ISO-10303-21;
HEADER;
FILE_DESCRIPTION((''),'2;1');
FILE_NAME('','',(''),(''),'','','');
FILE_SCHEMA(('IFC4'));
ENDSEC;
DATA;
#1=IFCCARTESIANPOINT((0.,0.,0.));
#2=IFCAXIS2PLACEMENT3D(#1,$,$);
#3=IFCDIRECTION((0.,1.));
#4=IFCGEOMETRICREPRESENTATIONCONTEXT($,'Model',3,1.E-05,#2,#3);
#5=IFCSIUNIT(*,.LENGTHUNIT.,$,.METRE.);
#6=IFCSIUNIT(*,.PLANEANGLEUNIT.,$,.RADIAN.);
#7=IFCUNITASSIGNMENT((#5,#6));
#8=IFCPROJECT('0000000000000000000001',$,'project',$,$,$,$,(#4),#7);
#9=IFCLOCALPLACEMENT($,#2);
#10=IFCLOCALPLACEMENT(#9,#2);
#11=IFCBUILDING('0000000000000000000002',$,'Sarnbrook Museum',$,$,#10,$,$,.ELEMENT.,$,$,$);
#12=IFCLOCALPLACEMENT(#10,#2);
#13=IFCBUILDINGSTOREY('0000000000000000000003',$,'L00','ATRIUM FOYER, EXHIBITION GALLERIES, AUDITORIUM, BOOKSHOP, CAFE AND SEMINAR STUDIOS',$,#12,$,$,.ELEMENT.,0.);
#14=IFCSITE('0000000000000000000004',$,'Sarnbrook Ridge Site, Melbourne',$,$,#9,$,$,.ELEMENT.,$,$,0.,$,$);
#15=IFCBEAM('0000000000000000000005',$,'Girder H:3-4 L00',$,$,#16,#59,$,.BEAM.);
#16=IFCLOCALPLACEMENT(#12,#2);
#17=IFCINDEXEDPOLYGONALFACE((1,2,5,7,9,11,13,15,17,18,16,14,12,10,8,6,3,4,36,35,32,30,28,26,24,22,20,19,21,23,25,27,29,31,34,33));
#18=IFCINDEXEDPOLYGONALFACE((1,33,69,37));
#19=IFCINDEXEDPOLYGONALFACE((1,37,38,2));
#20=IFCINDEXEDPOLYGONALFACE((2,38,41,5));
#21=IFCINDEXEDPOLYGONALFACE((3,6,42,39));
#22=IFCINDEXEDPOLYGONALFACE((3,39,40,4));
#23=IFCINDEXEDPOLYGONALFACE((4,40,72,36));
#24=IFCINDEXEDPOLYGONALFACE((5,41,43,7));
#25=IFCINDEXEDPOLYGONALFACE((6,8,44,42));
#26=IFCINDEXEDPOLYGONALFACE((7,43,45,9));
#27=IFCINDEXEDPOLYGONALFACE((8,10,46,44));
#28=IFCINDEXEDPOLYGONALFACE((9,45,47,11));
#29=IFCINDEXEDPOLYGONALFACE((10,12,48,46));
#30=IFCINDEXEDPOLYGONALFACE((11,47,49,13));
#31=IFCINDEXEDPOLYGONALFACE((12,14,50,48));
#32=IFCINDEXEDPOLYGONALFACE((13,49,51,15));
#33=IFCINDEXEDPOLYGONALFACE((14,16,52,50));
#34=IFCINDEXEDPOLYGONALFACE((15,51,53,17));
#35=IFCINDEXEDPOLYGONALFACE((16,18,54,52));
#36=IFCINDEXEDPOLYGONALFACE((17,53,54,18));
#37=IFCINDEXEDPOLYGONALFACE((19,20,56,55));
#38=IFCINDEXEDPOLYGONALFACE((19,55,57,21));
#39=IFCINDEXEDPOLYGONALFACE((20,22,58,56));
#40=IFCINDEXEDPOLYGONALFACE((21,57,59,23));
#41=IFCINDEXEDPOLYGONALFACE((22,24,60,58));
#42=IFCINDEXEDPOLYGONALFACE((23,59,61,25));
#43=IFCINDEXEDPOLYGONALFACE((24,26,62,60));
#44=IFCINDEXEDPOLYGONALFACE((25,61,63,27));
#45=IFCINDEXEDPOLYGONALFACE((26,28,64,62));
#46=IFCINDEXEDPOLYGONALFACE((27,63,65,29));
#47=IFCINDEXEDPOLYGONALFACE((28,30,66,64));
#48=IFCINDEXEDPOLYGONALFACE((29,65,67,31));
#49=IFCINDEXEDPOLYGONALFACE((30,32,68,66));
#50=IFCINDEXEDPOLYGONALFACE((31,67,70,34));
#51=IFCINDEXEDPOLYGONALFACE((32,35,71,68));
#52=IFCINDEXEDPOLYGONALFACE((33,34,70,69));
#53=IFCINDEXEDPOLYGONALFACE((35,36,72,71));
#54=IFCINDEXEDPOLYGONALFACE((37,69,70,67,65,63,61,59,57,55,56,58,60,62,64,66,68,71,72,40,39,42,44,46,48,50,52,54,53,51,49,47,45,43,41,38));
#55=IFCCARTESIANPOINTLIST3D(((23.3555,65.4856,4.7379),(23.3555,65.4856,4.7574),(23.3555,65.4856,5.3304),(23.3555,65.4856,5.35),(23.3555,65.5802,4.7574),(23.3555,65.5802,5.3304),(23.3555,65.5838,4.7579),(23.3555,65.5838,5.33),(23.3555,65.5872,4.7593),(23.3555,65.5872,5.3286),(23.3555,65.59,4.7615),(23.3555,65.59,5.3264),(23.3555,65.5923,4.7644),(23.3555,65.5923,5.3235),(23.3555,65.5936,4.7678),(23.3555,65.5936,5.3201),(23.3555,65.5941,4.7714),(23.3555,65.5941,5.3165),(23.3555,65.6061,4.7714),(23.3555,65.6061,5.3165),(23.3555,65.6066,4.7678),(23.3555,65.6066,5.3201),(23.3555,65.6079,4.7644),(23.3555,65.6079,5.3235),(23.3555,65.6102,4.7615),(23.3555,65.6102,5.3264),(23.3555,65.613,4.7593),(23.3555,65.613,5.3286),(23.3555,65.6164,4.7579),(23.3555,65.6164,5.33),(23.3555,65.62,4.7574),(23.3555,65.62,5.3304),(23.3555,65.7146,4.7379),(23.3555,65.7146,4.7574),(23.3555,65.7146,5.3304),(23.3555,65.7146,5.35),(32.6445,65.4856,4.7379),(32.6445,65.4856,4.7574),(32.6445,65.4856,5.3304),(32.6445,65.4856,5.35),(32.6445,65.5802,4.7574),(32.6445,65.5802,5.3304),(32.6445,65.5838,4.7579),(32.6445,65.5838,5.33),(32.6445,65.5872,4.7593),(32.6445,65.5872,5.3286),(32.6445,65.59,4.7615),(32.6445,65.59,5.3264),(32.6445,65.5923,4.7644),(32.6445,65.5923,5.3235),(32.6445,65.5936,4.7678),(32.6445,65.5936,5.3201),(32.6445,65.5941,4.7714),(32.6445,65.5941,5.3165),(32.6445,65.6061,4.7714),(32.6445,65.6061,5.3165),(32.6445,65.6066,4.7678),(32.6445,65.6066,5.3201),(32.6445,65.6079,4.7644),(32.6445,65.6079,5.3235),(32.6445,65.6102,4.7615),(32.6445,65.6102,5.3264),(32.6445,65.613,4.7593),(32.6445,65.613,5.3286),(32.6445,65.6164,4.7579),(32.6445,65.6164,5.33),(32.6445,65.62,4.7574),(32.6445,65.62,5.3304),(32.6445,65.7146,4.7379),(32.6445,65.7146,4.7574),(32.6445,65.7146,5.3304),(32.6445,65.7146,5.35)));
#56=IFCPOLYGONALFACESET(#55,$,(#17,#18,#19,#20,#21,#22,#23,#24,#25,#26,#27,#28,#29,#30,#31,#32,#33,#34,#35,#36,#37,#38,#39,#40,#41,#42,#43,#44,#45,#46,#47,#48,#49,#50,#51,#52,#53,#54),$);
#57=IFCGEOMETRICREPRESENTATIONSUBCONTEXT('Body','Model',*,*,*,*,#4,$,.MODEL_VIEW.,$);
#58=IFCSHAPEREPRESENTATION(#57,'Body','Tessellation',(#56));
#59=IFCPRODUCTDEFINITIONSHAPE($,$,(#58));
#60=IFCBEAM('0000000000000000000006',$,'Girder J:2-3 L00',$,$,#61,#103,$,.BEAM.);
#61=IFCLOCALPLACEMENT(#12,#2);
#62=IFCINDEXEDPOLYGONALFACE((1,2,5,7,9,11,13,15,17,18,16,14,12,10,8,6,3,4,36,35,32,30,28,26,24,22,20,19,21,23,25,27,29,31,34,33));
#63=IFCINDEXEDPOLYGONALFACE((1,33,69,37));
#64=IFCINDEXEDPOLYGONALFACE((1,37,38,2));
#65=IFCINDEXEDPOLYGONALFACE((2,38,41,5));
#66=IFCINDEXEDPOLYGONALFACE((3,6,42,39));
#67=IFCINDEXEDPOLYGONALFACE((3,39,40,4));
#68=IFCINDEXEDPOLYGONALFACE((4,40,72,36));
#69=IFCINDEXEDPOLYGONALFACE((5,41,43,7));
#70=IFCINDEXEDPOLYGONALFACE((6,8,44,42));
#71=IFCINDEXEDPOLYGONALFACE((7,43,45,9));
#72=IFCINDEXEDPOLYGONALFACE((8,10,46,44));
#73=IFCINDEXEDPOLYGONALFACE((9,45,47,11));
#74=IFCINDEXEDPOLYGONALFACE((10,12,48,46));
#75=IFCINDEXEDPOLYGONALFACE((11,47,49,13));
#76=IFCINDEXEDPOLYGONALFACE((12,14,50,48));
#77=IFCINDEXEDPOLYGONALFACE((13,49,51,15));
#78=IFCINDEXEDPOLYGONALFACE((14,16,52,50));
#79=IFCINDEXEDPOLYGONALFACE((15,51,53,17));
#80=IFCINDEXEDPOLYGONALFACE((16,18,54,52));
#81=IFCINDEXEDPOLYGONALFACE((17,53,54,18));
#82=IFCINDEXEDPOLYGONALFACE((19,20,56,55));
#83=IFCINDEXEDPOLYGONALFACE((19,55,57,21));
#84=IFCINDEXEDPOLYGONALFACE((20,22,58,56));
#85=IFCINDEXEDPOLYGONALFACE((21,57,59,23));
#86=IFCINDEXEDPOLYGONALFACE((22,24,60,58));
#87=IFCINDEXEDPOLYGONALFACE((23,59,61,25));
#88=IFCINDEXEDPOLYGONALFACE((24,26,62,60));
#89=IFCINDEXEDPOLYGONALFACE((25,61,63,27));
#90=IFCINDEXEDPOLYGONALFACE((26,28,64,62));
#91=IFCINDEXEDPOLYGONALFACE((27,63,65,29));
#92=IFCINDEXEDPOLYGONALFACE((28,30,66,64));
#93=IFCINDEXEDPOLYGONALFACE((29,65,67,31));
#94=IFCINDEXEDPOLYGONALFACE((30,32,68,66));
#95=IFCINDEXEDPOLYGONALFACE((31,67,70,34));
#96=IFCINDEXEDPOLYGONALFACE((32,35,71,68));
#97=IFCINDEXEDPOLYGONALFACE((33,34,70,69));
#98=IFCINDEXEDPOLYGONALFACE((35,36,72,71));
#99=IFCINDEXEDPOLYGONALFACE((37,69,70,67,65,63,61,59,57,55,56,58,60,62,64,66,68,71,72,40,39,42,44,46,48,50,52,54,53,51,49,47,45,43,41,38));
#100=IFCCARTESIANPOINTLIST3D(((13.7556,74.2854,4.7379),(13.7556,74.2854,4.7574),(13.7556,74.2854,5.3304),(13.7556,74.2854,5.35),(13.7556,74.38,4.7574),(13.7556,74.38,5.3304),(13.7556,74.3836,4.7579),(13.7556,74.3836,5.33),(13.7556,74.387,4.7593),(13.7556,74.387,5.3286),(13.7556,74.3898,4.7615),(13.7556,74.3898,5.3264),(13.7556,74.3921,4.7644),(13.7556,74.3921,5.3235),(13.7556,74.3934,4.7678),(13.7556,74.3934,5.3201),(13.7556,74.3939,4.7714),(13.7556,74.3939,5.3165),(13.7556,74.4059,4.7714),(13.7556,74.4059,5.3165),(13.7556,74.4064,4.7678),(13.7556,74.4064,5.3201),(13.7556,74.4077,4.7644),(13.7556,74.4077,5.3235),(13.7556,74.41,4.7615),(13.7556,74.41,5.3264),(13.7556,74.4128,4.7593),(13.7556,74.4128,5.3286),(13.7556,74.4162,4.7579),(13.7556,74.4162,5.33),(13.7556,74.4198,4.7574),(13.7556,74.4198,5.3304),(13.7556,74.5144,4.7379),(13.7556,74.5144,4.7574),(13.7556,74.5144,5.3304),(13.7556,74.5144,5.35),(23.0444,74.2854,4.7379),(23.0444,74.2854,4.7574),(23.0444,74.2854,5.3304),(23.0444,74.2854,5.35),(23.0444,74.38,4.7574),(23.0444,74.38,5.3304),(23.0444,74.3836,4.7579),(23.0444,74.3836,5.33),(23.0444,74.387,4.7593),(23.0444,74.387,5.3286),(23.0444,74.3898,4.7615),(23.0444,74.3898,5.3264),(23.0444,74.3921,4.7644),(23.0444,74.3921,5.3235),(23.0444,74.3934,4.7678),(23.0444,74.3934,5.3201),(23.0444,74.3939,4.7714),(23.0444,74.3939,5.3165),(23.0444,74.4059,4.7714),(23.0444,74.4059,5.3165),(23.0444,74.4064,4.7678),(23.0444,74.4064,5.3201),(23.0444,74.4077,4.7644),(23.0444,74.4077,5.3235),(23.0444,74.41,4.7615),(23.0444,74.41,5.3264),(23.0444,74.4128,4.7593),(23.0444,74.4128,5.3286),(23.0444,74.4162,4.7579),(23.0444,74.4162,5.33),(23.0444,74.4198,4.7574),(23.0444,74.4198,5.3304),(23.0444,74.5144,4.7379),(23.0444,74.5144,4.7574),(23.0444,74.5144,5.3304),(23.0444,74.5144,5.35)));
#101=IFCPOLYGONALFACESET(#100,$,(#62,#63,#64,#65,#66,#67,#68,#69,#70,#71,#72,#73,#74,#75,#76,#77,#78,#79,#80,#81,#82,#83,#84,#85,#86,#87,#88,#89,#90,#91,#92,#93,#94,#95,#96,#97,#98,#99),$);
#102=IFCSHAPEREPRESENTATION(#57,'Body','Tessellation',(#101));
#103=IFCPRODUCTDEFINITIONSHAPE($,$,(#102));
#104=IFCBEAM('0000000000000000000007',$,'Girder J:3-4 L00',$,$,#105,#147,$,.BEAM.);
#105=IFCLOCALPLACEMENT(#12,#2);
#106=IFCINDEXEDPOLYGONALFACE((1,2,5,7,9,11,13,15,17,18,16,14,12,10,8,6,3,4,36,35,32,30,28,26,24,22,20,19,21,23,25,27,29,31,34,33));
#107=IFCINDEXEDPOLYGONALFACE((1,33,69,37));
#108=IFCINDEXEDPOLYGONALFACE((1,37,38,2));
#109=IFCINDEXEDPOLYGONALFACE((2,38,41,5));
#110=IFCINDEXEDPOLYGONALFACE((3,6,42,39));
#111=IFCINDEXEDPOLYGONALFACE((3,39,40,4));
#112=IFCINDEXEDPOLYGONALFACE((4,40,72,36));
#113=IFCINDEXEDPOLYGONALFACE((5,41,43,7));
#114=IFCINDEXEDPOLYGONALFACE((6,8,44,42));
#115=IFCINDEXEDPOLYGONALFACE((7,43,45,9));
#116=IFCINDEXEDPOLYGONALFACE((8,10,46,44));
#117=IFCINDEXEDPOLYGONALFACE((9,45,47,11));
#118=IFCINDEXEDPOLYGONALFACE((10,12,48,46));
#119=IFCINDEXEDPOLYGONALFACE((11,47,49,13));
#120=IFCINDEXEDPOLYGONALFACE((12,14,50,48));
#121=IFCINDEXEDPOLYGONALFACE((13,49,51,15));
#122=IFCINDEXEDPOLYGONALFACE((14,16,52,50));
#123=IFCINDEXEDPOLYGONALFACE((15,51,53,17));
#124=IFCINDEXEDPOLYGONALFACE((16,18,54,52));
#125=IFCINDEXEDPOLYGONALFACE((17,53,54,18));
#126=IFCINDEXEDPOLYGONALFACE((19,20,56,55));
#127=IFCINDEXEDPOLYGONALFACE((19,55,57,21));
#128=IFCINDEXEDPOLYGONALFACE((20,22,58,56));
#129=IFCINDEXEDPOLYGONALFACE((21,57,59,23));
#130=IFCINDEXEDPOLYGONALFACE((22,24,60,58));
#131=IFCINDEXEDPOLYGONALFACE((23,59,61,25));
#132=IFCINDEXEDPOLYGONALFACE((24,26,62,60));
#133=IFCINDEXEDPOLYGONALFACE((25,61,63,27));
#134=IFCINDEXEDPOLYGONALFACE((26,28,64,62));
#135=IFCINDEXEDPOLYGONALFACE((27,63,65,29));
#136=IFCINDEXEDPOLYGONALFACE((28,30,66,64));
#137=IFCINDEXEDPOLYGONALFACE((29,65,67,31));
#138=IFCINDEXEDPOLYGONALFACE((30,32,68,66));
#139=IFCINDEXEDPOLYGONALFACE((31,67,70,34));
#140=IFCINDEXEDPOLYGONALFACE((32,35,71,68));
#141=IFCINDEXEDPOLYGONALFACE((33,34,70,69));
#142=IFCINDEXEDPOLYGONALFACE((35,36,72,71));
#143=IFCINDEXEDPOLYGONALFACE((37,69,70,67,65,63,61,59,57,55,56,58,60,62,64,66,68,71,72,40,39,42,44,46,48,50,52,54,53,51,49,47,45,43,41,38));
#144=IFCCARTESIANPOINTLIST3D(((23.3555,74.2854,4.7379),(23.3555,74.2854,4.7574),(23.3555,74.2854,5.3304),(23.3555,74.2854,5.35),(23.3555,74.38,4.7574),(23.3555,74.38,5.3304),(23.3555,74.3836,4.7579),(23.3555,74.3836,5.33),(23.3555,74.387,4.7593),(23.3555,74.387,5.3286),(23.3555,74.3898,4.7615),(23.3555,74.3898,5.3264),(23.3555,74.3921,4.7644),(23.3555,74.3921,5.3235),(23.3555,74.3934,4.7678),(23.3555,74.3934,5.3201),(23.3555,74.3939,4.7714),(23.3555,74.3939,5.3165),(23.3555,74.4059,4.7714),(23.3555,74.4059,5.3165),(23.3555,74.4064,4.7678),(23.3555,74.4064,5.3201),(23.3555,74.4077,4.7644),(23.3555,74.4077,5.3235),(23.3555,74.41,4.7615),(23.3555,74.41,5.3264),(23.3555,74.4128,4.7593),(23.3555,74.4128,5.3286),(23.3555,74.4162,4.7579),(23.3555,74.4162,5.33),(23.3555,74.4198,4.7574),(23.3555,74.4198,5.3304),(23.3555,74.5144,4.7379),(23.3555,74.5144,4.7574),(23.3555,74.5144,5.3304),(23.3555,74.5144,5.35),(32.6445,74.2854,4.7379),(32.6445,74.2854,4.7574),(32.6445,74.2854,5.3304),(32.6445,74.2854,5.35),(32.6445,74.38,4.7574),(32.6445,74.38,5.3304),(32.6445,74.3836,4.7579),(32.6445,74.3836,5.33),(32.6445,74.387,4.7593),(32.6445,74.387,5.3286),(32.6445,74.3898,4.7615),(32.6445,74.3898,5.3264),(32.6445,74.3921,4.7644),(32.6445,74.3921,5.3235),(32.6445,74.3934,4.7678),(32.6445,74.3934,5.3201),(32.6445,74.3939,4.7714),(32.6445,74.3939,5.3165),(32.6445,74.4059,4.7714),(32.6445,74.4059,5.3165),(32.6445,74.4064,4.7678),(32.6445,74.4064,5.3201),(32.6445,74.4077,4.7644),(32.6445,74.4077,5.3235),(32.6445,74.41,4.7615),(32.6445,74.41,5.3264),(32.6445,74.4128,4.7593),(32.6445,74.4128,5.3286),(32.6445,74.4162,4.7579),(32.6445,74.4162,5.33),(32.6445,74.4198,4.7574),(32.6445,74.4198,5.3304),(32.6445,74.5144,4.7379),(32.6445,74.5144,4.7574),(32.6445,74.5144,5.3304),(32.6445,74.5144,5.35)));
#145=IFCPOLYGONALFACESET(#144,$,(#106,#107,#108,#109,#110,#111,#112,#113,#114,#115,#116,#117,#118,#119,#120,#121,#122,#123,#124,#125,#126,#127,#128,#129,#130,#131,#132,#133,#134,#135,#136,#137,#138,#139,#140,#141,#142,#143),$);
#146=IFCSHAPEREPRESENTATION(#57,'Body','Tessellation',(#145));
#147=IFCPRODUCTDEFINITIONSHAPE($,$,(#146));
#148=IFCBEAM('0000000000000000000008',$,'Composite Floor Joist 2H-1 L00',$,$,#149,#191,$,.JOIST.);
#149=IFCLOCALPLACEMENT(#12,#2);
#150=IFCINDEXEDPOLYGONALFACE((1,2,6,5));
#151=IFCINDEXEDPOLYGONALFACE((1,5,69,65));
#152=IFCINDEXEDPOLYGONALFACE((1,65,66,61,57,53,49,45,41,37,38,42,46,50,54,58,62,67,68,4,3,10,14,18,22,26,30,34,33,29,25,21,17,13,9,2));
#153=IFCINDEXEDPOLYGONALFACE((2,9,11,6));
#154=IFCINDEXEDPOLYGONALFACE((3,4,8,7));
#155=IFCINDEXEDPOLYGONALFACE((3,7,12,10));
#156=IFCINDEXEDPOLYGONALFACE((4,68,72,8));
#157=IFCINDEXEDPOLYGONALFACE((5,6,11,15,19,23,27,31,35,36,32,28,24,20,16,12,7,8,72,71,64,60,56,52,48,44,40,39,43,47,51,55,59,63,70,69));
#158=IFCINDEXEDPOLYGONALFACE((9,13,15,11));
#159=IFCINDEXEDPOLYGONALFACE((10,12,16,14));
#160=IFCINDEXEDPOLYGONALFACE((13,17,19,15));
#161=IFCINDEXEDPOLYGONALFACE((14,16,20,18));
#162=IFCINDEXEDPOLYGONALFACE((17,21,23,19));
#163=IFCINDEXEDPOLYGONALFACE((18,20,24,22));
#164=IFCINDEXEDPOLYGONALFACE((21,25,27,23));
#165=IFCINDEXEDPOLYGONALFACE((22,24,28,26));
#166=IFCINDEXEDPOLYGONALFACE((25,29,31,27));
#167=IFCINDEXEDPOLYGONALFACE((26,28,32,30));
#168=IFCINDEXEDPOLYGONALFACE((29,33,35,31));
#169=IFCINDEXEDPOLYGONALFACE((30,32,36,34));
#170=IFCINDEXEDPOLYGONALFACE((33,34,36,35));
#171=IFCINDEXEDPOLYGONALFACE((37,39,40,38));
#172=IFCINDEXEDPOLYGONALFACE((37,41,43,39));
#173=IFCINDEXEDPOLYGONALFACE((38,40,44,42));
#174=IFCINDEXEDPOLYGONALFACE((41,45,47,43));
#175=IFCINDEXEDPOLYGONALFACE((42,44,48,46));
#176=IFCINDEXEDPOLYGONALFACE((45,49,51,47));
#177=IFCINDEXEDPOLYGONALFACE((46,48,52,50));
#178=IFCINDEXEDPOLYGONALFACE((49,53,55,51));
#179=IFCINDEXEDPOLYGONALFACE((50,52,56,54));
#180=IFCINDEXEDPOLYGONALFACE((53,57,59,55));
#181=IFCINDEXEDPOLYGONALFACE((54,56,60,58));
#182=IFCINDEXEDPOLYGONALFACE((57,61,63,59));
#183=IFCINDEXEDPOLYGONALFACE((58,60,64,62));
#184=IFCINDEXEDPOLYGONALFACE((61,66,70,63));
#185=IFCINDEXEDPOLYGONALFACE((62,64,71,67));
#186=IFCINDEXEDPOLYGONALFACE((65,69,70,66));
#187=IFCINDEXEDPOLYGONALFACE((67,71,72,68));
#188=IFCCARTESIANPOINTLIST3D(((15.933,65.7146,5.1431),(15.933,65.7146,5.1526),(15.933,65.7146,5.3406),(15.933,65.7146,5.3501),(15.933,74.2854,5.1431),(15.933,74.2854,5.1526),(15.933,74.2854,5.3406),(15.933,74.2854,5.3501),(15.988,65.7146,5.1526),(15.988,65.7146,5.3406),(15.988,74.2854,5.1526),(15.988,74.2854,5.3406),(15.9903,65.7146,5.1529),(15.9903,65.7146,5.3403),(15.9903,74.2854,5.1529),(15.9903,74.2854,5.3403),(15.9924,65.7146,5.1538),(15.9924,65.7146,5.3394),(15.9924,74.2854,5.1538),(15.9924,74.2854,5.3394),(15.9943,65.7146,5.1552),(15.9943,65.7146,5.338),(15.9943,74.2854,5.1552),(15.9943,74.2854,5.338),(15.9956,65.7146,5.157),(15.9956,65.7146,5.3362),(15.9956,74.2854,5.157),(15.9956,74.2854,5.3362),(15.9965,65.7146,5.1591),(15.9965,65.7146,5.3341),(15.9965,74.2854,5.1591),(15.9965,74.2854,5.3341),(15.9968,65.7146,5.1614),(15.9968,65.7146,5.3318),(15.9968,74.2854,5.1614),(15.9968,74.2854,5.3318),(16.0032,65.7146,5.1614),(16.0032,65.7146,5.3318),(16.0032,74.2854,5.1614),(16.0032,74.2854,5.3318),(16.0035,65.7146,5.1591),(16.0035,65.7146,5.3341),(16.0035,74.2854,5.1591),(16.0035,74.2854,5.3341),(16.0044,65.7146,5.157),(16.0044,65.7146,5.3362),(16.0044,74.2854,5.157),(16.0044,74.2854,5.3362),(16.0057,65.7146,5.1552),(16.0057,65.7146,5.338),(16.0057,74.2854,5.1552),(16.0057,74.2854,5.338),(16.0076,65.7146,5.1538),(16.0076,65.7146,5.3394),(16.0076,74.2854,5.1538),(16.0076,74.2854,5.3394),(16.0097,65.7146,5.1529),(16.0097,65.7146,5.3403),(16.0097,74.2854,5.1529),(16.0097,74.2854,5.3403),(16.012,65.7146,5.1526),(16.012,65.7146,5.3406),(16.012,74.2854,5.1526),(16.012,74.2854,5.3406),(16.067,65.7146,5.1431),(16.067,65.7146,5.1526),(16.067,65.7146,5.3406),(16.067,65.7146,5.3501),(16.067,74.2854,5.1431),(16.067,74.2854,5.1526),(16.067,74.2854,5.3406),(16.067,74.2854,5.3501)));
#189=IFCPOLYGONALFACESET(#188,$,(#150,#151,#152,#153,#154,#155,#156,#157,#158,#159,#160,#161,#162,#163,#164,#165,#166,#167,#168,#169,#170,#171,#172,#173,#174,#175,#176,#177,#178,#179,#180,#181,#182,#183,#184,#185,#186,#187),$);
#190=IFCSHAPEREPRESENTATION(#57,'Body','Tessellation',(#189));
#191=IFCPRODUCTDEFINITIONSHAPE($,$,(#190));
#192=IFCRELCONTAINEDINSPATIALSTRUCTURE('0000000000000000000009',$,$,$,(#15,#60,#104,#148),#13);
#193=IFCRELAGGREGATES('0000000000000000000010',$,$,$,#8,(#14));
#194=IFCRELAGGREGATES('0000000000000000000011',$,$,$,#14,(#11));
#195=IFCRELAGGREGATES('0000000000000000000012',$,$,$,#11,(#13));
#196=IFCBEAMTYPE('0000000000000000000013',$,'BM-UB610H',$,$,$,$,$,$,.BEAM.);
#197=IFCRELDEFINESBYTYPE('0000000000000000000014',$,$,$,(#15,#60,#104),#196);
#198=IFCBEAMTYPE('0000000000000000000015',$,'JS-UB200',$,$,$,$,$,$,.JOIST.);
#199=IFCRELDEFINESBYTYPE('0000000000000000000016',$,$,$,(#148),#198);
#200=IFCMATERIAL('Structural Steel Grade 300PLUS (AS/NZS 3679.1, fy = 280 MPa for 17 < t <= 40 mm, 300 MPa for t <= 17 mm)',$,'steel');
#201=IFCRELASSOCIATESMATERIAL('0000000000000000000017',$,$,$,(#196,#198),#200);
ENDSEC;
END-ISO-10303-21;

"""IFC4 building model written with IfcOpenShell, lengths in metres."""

from ifc_helpers import new_model, si_unit, direction, frame, origin, origin_2d, place, context, subcontext, project, spatial, i_section, extrude, material, material_profile, profile_set, type_object, element, save


model = new_model("IFC4")

# Units and contexts
model_context = context("Model", 3, precision=1e-05, world=origin(), true_north=direction((0.0, 1.0)))
body_context = subcontext(model_context, "Body", "Model", "MODEL_VIEW")
ifc_project = project(units=[si_unit("LENGTHUNIT", "METRE"), si_unit("PLANEANGLEUNIT", "RADIAN")], contexts=[model_context])

# Site, building, storey
site_placement = place(None, origin())
site = spatial("IfcSite", under=ifc_project, at=site_placement, Name="Sarnbrook Ridge Site, Melbourne", CompositionType="ELEMENT", RefElevation=0.0)
building_placement = place(site_placement, origin())
building = spatial("IfcBuilding", under=site, at=building_placement, Name="Sarnbrook Museum", CompositionType="ELEMENT")
storey_placement = place(building_placement, origin())
storey = spatial("IfcBuildingStorey", under=building, at=storey_placement, Name="L00", Description="ATRIUM FOYER, EXHIBITION GALLERIES, AUDITORIUM, BOOKSHOP, CAFE AND SEMINAR STUDIOS", CompositionType="ELEMENT", Elevation=0.0)

# Shared definitions
ifc_material_1 = material(Name="Structural Steel Grade 300PLUS (AS/NZS 3679.1, fy = 280 MPa for 17 < t <= 40 mm, 300 MPa for t <= 17 mm)", Category="steel")

# Beams
ifc_material_profile_1 = material_profile(ifc_material_1, i_section(OverallWidth=0.229, OverallDepth=0.6121, WebThickness=0.012, FlangeThickness=0.0195, FilletRadius=0.0139, at=origin_2d()), Name="610UB125")
ifc_profile_set_1 = profile_set([ifc_material_profile_1], Name="Structural Steel Grade 300PLUS (AS/NZS 3679.1, fy = 280 MPa for 17 < t <= 40 mm, 300 MPa for t <= 17 mm)")
beam_type_1 = type_object("IfcBeamType", Name="BM-UB610H", PredefinedType="BEAM", material=ifc_profile_set_1)
beam_1_placement = place(storey_placement, frame((23.3555, 65.6001, 5.0439), z_axis=(1.0, 0.0, 0.0), x_axis=(0.0, 1.0, 0.0)))
element("IfcBeam", 1, at=beam_1_placement, inside=storey, type_object=beam_type_1, Name="Girder H:3-4 L00", PredefinedType="BEAM", context=body_context, shape_type="SweptSolid", body=[
    extrude(i_section(OverallWidth=0.229, OverallDepth=0.6121, WebThickness=0.012, FlangeThickness=0.0195, FilletRadius=0.0139, at=origin_2d()), origin(), (0.0, 0.0, 1.0), 9.2891),
])
beam_2_placement = place(storey_placement, frame((13.7556, 74.3999, 5.0439), z_axis=(1.0, 0.0, 0.0), x_axis=(0.0, 1.0, 0.0)))
element("IfcBeam", 2, at=beam_2_placement, inside=storey, type_object=beam_type_1, Name="Girder J:2-3 L00", PredefinedType="BEAM", context=body_context, shape_type="SweptSolid", body=[
    extrude(i_section(OverallWidth=0.229, OverallDepth=0.6121, WebThickness=0.012, FlangeThickness=0.0195, FilletRadius=0.0139, at=origin_2d()), origin(), (0.0, 0.0, 1.0), 9.2888),
])
beam_3_placement = place(storey_placement, frame((23.3555, 74.3999, 5.0439), z_axis=(1.0, 0.0, 0.0), x_axis=(0.0, 1.0, 0.0)))
element("IfcBeam", 3, at=beam_3_placement, inside=storey, type_object=beam_type_1, Name="Girder J:3-4 L00", PredefinedType="BEAM", context=body_context, shape_type="SweptSolid", body=[
    extrude(i_section(OverallWidth=0.229, OverallDepth=0.6121, WebThickness=0.012, FlangeThickness=0.0195, FilletRadius=0.0139, at=origin_2d()), origin(), (0.0, 0.0, 1.0), 9.2891),
])
ifc_material_profile_2 = material_profile(ifc_material_1, i_section(OverallWidth=0.134, OverallDepth=0.207, WebThickness=0.0063, FlangeThickness=0.0095, FilletRadius=0.0088, at=origin_2d()), Name="200UB29.8")
ifc_profile_set_2 = profile_set([ifc_material_profile_2], Name="Structural Steel Grade 300PLUS (AS/NZS 3679.1, fy = 280 MPa for 17 < t <= 40 mm, 300 MPa for t <= 17 mm)")
beam_type_2 = type_object("IfcBeamType", Name="JS-UB200", PredefinedType="JOIST", material=ifc_profile_set_2)
for number, where, z_axis, x_axis, name in (
    (4, (16.0, 65.7146, 5.2466), (0.0, 1.0, 0.0), (-1.0, 0.0, 0.0), "Composite Floor Joist 2H-1 L00"),
):
    element("IfcBeam", number, at=place(storey_placement, frame(where, z_axis=z_axis, x_axis=x_axis)), inside=storey, type_object=beam_type_2, Name=name, PredefinedType="JOIST", context=body_context, shape_type="SweptSolid", body=[
        extrude(i_section(OverallWidth=0.134, OverallDepth=0.207, WebThickness=0.0063, FlangeThickness=0.0095, FilletRadius=0.0088, at=origin_2d()), origin(), (0.0, 0.0, 1.0), 8.5708),
    ])

save(model, "model.ifc")
